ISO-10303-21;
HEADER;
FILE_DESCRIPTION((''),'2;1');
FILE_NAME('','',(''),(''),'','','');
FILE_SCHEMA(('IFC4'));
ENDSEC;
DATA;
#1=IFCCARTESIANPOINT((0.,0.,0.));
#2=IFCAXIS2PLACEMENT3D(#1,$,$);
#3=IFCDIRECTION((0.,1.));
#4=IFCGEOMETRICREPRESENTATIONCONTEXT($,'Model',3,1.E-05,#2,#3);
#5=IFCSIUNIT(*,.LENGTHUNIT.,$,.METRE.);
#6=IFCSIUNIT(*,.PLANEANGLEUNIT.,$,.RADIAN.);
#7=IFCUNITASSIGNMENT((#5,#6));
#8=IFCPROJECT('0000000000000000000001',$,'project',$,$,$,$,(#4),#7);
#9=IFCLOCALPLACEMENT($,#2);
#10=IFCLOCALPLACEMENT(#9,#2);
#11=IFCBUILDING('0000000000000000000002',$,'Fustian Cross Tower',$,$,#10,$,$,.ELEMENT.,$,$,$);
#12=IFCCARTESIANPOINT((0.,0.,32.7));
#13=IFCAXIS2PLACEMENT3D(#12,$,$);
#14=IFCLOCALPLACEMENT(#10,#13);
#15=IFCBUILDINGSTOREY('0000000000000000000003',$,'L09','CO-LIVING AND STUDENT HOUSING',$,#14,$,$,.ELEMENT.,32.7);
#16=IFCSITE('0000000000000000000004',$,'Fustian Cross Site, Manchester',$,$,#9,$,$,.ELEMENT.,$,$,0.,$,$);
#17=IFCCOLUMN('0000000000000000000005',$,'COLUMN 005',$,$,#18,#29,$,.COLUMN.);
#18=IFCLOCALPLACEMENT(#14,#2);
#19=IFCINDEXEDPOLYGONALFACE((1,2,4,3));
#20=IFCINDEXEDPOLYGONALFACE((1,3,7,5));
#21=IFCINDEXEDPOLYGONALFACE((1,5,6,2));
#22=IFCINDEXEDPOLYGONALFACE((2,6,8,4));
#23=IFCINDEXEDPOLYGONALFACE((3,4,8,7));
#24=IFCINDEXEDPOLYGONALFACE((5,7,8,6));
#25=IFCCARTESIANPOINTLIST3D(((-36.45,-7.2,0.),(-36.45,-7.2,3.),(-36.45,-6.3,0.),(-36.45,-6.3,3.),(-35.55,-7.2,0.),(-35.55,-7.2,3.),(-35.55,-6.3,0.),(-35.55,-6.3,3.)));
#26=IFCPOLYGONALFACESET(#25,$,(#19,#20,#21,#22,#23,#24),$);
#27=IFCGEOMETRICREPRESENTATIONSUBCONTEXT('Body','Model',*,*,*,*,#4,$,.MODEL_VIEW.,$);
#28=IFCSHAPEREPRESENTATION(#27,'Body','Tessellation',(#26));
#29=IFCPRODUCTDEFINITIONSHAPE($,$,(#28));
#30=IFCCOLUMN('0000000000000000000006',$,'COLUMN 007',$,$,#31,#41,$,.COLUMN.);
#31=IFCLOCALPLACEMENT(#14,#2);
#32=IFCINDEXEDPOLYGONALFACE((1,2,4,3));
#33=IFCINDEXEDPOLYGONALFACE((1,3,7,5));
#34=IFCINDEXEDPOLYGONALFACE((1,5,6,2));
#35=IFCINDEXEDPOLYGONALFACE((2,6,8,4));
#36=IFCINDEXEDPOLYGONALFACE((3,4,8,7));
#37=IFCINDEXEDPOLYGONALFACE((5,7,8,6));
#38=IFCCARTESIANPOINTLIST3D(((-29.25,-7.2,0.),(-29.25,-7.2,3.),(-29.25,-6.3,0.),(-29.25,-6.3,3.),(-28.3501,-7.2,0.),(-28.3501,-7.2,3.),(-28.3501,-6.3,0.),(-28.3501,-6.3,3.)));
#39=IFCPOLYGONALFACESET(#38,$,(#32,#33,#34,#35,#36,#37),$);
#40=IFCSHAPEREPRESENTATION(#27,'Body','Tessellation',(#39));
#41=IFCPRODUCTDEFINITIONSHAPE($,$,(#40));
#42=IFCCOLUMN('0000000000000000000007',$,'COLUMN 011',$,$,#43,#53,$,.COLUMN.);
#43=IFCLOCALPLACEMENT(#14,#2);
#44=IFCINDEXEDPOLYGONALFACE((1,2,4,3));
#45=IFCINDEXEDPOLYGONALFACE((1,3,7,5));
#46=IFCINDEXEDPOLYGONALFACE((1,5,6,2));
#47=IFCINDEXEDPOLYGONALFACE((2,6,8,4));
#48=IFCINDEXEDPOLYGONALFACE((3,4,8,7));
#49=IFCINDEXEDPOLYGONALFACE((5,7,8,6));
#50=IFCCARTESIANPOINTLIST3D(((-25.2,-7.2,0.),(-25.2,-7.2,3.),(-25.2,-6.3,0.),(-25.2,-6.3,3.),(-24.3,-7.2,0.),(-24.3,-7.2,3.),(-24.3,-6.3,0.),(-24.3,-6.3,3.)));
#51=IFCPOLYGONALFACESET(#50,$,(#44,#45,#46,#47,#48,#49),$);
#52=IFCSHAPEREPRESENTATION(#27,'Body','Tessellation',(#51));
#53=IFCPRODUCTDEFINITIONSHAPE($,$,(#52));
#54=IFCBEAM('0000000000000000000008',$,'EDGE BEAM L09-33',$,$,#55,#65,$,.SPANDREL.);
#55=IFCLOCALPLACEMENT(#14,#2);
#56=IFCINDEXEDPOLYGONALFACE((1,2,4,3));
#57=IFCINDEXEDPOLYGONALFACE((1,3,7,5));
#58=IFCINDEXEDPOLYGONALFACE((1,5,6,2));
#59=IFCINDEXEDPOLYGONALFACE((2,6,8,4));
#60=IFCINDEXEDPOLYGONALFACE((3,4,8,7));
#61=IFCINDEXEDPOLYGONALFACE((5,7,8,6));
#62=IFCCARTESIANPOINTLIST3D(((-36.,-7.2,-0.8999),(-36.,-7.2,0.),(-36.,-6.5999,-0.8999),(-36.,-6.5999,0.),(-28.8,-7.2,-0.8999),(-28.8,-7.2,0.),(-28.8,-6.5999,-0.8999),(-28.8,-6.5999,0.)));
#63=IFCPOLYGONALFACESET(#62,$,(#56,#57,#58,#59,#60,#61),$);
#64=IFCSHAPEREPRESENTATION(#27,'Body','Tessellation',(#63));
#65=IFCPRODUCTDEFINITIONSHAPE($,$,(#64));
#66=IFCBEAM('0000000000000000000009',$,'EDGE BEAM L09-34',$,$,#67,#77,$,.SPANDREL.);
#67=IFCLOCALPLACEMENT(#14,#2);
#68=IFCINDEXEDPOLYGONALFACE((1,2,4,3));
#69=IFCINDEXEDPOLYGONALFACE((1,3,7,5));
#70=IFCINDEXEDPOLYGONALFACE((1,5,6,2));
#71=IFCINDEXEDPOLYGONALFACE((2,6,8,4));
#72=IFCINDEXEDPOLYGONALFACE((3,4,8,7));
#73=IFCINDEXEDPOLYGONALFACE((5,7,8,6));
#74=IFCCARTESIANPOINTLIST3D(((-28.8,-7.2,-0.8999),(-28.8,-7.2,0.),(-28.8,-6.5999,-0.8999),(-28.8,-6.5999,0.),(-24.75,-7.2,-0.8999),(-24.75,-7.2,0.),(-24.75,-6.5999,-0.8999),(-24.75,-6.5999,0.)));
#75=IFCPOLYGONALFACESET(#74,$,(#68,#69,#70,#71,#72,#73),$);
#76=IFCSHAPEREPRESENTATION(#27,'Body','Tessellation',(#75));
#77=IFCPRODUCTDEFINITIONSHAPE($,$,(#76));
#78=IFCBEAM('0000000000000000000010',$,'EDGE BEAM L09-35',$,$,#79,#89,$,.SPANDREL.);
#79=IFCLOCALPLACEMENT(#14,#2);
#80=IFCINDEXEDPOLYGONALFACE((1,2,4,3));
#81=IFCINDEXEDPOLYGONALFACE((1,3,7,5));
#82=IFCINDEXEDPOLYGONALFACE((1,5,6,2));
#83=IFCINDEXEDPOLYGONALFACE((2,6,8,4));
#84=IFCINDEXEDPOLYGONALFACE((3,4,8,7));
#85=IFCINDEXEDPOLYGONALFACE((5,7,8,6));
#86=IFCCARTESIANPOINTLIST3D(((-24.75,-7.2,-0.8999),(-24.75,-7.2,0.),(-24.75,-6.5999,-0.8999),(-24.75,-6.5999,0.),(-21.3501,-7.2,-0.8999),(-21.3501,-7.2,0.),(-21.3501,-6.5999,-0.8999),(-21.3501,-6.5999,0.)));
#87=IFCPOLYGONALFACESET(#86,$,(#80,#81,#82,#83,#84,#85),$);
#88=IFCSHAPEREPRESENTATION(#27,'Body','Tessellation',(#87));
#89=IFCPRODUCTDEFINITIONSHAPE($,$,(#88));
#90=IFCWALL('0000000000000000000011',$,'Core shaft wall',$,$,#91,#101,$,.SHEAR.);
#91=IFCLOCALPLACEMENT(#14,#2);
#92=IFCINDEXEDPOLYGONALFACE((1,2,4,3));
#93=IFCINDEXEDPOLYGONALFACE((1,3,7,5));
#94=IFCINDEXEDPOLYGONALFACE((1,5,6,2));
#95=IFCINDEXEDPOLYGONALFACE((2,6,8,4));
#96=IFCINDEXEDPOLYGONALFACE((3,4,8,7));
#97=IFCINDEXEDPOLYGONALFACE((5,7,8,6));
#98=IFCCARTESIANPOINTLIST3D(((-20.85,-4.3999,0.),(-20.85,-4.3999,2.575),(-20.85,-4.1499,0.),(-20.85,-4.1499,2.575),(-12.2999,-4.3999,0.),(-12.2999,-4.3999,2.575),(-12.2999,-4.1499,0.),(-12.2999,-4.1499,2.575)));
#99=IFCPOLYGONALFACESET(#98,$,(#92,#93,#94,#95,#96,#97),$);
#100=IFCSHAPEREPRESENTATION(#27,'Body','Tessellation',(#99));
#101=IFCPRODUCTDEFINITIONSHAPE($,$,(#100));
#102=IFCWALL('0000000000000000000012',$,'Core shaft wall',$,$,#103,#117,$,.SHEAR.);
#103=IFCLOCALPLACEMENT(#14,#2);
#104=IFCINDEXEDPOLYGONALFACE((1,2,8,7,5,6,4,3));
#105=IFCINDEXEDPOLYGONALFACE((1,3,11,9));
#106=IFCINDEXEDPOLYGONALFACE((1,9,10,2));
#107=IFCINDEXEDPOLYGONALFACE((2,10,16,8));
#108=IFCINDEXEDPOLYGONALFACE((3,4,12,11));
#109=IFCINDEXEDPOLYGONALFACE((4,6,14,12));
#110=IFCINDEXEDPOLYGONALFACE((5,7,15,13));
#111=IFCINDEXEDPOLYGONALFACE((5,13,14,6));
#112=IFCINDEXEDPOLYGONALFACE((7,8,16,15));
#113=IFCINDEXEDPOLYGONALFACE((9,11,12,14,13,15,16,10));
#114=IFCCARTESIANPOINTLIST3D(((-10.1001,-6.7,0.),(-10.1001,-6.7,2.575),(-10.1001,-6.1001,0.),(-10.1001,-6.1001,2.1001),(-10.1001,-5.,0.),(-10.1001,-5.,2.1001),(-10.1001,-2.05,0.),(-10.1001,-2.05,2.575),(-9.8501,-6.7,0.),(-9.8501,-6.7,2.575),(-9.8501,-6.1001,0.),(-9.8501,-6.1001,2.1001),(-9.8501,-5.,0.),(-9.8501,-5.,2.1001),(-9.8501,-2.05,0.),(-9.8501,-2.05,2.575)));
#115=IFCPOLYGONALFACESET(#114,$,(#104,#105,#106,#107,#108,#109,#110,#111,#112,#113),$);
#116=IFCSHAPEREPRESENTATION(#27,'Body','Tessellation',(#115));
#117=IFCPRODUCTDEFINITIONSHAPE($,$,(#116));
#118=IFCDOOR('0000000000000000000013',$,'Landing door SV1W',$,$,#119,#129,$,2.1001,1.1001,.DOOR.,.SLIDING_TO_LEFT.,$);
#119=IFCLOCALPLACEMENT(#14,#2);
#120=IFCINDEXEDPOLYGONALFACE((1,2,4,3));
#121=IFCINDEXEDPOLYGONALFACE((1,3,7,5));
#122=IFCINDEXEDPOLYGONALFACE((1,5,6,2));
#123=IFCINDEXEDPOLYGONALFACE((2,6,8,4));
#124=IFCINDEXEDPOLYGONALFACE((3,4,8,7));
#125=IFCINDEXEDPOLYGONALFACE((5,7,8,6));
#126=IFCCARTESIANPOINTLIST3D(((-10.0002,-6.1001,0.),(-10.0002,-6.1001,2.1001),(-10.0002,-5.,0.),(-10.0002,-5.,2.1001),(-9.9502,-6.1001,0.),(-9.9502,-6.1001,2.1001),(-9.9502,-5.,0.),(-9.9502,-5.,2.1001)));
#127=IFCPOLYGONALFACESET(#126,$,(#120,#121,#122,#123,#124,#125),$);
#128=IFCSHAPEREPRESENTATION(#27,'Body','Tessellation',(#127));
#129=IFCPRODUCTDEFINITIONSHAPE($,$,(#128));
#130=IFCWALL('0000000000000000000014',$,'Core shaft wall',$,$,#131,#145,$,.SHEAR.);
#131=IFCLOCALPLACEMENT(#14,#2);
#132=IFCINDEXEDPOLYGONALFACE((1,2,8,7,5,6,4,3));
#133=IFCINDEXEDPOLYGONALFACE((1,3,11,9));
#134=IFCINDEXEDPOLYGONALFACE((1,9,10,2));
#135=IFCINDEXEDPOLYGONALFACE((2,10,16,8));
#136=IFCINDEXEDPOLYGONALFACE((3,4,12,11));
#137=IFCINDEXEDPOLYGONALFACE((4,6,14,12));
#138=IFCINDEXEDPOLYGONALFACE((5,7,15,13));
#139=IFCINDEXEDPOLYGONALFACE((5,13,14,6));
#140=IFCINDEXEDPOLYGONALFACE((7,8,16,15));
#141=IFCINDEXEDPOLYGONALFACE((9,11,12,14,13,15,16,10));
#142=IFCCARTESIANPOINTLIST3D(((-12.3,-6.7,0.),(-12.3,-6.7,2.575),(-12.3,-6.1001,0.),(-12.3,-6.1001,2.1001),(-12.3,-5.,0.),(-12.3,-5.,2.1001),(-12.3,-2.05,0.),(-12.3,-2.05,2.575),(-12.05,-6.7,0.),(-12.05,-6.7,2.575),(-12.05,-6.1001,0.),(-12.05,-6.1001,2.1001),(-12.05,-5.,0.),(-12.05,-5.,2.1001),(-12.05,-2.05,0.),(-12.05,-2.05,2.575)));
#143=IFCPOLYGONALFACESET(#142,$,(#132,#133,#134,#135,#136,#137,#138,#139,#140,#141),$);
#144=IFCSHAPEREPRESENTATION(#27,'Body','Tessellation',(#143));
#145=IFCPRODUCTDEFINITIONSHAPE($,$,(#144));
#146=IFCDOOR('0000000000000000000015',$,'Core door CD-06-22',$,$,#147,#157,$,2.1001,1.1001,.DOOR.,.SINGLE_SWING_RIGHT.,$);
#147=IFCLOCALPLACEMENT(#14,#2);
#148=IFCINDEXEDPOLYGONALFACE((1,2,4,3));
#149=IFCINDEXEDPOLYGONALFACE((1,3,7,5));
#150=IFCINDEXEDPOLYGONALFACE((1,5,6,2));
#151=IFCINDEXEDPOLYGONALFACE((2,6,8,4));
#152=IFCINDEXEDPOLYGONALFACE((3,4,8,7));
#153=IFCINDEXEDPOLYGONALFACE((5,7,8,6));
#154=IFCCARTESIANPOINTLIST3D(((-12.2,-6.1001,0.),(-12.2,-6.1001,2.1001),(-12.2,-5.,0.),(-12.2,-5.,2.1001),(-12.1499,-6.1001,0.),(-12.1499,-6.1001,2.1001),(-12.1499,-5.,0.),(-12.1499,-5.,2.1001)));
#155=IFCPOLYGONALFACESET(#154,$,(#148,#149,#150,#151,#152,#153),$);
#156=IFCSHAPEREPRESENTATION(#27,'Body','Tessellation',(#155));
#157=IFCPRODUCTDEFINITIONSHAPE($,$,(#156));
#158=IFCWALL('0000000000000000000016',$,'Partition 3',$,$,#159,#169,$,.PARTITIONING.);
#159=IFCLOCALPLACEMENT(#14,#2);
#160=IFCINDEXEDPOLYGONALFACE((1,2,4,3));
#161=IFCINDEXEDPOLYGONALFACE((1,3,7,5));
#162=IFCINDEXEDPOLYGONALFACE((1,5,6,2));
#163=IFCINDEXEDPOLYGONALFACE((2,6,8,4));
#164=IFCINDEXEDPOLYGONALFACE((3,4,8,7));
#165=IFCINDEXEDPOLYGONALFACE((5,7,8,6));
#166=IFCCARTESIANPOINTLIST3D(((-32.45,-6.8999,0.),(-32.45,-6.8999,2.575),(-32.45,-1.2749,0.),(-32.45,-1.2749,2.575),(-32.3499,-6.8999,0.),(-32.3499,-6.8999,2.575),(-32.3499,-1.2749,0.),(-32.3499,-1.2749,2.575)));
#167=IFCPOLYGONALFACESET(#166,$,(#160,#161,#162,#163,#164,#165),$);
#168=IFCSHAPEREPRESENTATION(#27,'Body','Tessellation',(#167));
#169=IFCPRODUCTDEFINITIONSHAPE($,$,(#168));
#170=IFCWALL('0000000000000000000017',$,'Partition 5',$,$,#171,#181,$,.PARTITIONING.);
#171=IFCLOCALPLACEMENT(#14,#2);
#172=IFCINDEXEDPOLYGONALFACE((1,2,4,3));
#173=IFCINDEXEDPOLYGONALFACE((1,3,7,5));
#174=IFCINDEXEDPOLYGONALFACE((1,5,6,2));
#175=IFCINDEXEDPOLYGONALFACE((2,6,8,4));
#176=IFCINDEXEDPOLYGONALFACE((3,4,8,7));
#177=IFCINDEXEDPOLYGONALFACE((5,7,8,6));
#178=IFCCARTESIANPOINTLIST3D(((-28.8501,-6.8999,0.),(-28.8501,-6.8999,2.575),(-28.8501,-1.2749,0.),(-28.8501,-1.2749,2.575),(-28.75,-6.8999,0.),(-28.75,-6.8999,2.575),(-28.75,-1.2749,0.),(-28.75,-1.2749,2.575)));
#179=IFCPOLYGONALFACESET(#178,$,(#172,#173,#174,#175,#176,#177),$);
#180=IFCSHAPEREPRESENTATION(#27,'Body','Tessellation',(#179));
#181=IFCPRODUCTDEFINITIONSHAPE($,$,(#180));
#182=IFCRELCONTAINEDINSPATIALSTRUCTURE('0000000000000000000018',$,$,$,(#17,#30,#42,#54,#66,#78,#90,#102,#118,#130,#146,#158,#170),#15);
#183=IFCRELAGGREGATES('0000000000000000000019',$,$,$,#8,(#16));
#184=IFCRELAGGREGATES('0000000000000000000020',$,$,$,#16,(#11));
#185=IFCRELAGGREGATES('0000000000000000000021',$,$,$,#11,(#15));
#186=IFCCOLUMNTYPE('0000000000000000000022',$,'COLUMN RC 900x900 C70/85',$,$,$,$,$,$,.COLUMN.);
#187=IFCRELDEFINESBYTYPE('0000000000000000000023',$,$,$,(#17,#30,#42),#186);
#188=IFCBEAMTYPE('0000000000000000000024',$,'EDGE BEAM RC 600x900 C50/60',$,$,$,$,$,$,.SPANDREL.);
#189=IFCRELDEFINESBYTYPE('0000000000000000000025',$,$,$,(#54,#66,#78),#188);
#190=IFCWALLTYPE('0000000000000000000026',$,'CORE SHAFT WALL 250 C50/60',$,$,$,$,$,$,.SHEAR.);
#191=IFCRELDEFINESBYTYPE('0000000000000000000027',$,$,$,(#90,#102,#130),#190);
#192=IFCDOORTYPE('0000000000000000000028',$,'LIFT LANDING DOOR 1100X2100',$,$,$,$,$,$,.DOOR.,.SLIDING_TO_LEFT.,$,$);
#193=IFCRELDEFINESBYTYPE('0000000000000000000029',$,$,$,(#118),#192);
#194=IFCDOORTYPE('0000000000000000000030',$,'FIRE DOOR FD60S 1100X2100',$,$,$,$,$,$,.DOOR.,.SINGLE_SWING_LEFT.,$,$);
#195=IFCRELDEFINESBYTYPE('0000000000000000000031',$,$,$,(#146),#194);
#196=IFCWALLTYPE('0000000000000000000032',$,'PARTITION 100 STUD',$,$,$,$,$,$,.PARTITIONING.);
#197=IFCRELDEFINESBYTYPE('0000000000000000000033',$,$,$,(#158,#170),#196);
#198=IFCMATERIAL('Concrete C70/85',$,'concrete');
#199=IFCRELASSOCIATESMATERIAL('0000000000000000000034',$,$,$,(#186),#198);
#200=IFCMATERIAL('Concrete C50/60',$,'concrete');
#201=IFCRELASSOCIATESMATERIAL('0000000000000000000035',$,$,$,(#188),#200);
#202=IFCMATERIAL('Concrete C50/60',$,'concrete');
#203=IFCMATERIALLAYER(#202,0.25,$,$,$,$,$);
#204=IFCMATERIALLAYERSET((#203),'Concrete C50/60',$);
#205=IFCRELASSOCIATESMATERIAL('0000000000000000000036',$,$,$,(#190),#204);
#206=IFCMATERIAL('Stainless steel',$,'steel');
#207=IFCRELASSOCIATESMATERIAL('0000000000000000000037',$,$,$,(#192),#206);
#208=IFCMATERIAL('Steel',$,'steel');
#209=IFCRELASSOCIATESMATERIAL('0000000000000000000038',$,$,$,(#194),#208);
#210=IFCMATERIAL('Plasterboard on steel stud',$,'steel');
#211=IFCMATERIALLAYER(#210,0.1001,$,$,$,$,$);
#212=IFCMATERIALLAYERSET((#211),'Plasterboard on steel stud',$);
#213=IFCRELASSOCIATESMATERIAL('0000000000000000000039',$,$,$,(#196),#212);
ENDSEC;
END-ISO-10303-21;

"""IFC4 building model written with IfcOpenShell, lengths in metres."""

from ifc_helpers import new_model, si_unit, direction, frame, frame_2d, origin, origin_2d, place, context, subcontext, project, spatial, rectangle, extrude, material, layer, layer_set, material_profile, profile_set, type_object, element, fill, save


model = new_model("IFC4")

# Units and contexts
model_context = context("Model", 3, precision=1e-05, world=origin(), true_north=direction((0.0, 1.0)))
body_context = subcontext(model_context, "Body", "Model", "MODEL_VIEW")
ifc_project = project(units=[si_unit("LENGTHUNIT", "METRE"), si_unit("PLANEANGLEUNIT", "RADIAN")], contexts=[model_context])

# Site, building, storey
site_placement = place(None, origin())
site = spatial("IfcSite", under=ifc_project, at=site_placement, Name="Fustian Cross Site, Manchester", CompositionType="ELEMENT", RefElevation=0.0)
building_placement = place(site_placement, origin())
building = spatial("IfcBuilding", under=site, at=building_placement, Name="Fustian Cross Tower", CompositionType="ELEMENT")
storey_placement = place(building_placement, frame((0.0, 0.0, 32.7)))
storey = spatial("IfcBuildingStorey", under=building, at=storey_placement, Name="L09", Description="CO-LIVING AND STUDENT HOUSING", CompositionType="ELEMENT", Elevation=32.7)

# Columns
ifc_material_1 = material(Name="Concrete C70/85", Category="concrete")
ifc_material_profile_1 = material_profile(ifc_material_1, rectangle(XDim=0.8999, YDim=0.8999, at=origin_2d()), Name="RC 900x900")
ifc_profile_set_1 = profile_set([ifc_material_profile_1], Name="Concrete C70/85")
column_type = type_object("IfcColumnType", Name="COLUMN RC 900x900 C70/85", PredefinedType="COLUMN", material=ifc_profile_set_1)
for number, where, z_axis, x_axis, name in (
    (1, (-36.0, -6.75, 0.0), (0.0, 0.0, 1.0), (1.0, 0.0, 0.0), "COLUMN 005"),
    (2, (-28.8, -6.75, 0.0), (0.0, 0.0, 1.0), (1.0, 0.0, 0.0), "COLUMN 007"),
    (3, (-24.75, -6.75, 0.0), (0.0, 0.0, 1.0), (1.0, 0.0, 0.0), "COLUMN 011"),
):
    element("IfcColumn", number, at=place(storey_placement, frame(where, z_axis=z_axis, x_axis=x_axis)), inside=storey, type_object=column_type, Name=name, PredefinedType="COLUMN", context=body_context, shape_type="SweptSolid", body=[
        extrude(rectangle(XDim=0.8999, YDim=0.8999, at=origin_2d()), origin(), (0.0, 0.0, 1.0), 3.0),
    ])

# Beams
ifc_material_2 = material(Name="Concrete C50/60", Category="concrete")
ifc_material_profile_2 = material_profile(ifc_material_2, rectangle(XDim=0.6001, YDim=0.8999, at=origin_2d()), Name="RC 600x900")
ifc_profile_set_2 = profile_set([ifc_material_profile_2], Name="Concrete C50/60")
beam_type = type_object("IfcBeamType", Name="EDGE BEAM RC 600x900 C50/60", PredefinedType="SPANDREL", material=ifc_profile_set_2)
beam_1_placement = place(storey_placement, frame((-36.0, -6.8999, -0.45), z_axis=(1.0, 0.0, 0.0), x_axis=(0.0, 1.0, 0.0)))
element("IfcBeam", 4, at=beam_1_placement, inside=storey, type_object=beam_type, Name="EDGE BEAM L09-33", PredefinedType="SPANDREL", context=body_context, shape_type="SweptSolid", body=[
    extrude(rectangle(XDim=0.6001, YDim=0.8999, at=origin_2d()), origin(), (0.0, 0.0, 1.0), 7.2),
])
beam_2_placement = place(storey_placement, frame((-28.8, -6.8999, -0.45), z_axis=(1.0, 0.0, 0.0), x_axis=(0.0, 1.0, 0.0)))
element("IfcBeam", 5, at=beam_2_placement, inside=storey, type_object=beam_type, Name="EDGE BEAM L09-34", PredefinedType="SPANDREL", context=body_context, shape_type="SweptSolid", body=[
    extrude(rectangle(XDim=0.6001, YDim=0.8999, at=origin_2d()), origin(), (0.0, 0.0, 1.0), 4.05),
])
beam_3_placement = place(storey_placement, frame((-24.75, -6.8999, -0.45), z_axis=(1.0, 0.0, 0.0), x_axis=(0.0, 1.0, 0.0)))
element("IfcBeam", 6, at=beam_3_placement, inside=storey, type_object=beam_type, Name="EDGE BEAM L09-35", PredefinedType="SPANDREL", context=body_context, shape_type="SweptSolid", body=[
    extrude(rectangle(XDim=0.6001, YDim=0.8999, at=origin_2d()), origin(), (0.0, 0.0, 1.0), 3.3999),
])

# Wall
ifc_material_3 = material(Name="Concrete C50/60", Category="concrete")
ifc_layer_1 = layer(ifc_material_3, 0.25)
ifc_layer_set_1 = layer_set([ifc_layer_1], Name="Concrete C50/60")
wall_type_1 = type_object("IfcWallType", Name="CORE SHAFT WALL 250 C50/60", PredefinedType="SHEAR", material=ifc_layer_set_1)
wall_1_placement = place(storey_placement, frame((-12.3, -4.2749, 0.0), z_axis=(0.0, 0.0, 1.0), x_axis=(-1.0, 0.0, 0.0)))
element("IfcWall", 7, at=wall_1_placement, inside=storey, type_object=wall_type_1, Name="Core shaft wall", PredefinedType="SHEAR", context=body_context, shape_type="SweptSolid", body=[
    extrude(rectangle(XDim=8.55, YDim=0.25, at=frame_2d((4.2749, 0.0))), origin(), (0.0, 0.0, 1.0), 2.575),
])

# Walls, openings, doors
wall_2_placement = place(storey_placement, frame((-9.9751, -2.05, 0.0), z_axis=(0.0, 0.0, 1.0), x_axis=(0.0, -1.0, 0.0)))
wall_2 = element("IfcWall", 8, at=wall_2_placement, inside=storey, type_object=wall_type_1, Name="Core shaft wall", PredefinedType="SHEAR", context=body_context, shape_type="SweptSolid", body=[
    extrude(rectangle(XDim=4.6499, YDim=0.25, at=frame_2d((2.325, 0.0))), origin(), (0.0, 0.0, 1.0), 2.575),
])
opening_1_placement = place(wall_2_placement, frame((2.95, 0.0, 0.0)))
opening_1 = element("IfcOpeningElement", 9, at=opening_1_placement, cuts=wall_2, PredefinedType="OPENING", context=body_context, shape_type="SweptSolid", body=[
    extrude(rectangle(XDim=1.1001, YDim=2.1001, at=frame_2d((0.55, 1.05))), frame((0.0, 0.135, 0.0), z_axis=(0.0, -1.0, 0.0), x_axis=(1.0, 0.0, 0.0)), (0.0, 0.0, 1.0), 0.27),
])
ifc_material_4 = material(Name="Stainless steel", Category="steel")
door_type_1 = type_object("IfcDoorType", Name="LIFT LANDING DOOR 1100X2100", OperationType="SLIDING_TO_LEFT", PredefinedType="DOOR", material=ifc_material_4)
door_1_placement = place(opening_1_placement, origin())
door_1 = element("IfcDoor", 10, at=door_1_placement, inside=storey, type_object=door_type_1, Name="Landing door SV1W", OperationType="SLIDING_TO_LEFT", OverallHeight=2.1001, OverallWidth=1.1001, PredefinedType="DOOR", context=body_context, shape_type="SweptSolid", body=[
    extrude(rectangle(XDim=1.1001, YDim=2.1001, at=frame_2d((0.55, 1.05))), frame((0.0, 0.0249, 0.0), z_axis=(0.0, -1.0, 0.0), x_axis=(1.0, 0.0, 0.0)), (0.0, 0.0, 1.0), 0.05),
])
fill(opening_1, door_1)
wall_3_placement = place(storey_placement, frame((-12.175, -2.05, 0.0), z_axis=(0.0, 0.0, 1.0), x_axis=(0.0, -1.0, 0.0)))
wall_3 = element("IfcWall", 11, at=wall_3_placement, inside=storey, type_object=wall_type_1, Name="Core shaft wall", PredefinedType="SHEAR", context=body_context, shape_type="SweptSolid", body=[
    extrude(rectangle(XDim=4.6499, YDim=0.25, at=frame_2d((2.325, 0.0))), origin(), (0.0, 0.0, 1.0), 2.575),
])
opening_2_placement = place(wall_3_placement, frame((2.95, 0.0, 0.0)))
opening_2 = element("IfcOpeningElement", 12, at=opening_2_placement, cuts=wall_3, PredefinedType="OPENING", context=body_context, shape_type="SweptSolid", body=[
    extrude(rectangle(XDim=1.1001, YDim=2.1001, at=frame_2d((0.55, 1.05))), frame((0.0, 0.135, 0.0), z_axis=(0.0, -1.0, 0.0), x_axis=(1.0, 0.0, 0.0)), (0.0, 0.0, 1.0), 0.27),
])
ifc_material_5 = material(Name="Steel", Category="steel")
door_type_2 = type_object("IfcDoorType", Name="FIRE DOOR FD60S 1100X2100", OperationType="SINGLE_SWING_LEFT", PredefinedType="DOOR", material=ifc_material_5)
door_2_placement = place(opening_2_placement, frame((1.1001, 0.0, 0.0), z_axis=(0.0, 0.0, 1.0), x_axis=(-1.0, 0.0, 0.0)))
door_2 = element("IfcDoor", 13, at=door_2_placement, inside=storey, type_object=door_type_2, Name="Core door CD-06-22", OperationType="SINGLE_SWING_RIGHT", OverallHeight=2.1001, OverallWidth=1.1001, PredefinedType="DOOR", context=body_context, shape_type="SweptSolid", body=[
    extrude(rectangle(XDim=1.1001, YDim=2.1001, at=frame_2d((0.55, 1.05))), frame((0.0, 0.0249, 0.0), z_axis=(0.0, -1.0, 0.0), x_axis=(1.0, 0.0, 0.0)), (0.0, 0.0, 1.0), 0.05),
])
fill(opening_2, door_2)

# Walls
ifc_material_6 = material(Name="Plasterboard on steel stud", Category="steel")
ifc_layer_2 = layer(ifc_material_6, 0.1001)
ifc_layer_set_2 = layer_set([ifc_layer_2], Name="Plasterboard on steel stud")
wall_type_2 = type_object("IfcWallType", Name="PARTITION 100 STUD", PredefinedType="PARTITIONING", material=ifc_layer_set_2)
for number, where, z_axis, x_axis, name in (
    (14, (-32.3999, -6.8999, 0.0), (0.0, 0.0, 1.0), (0.0, 1.0, 0.0), "Partition 3"),
    (15, (-28.8, -6.8999, 0.0), (0.0, 0.0, 1.0), (0.0, 1.0, 0.0), "Partition 5"),
):
    element("IfcWall", number, at=place(storey_placement, frame(where, z_axis=z_axis, x_axis=x_axis)), inside=storey, type_object=wall_type_2, Name=name, PredefinedType="PARTITIONING", context=body_context, shape_type="SweptSolid", body=[
        extrude(rectangle(XDim=5.625, YDim=0.1001, at=frame_2d((2.8125, 0.0))), origin(), (0.0, 0.0, 1.0), 2.575),
    ])

save(model, "model.ifc")
